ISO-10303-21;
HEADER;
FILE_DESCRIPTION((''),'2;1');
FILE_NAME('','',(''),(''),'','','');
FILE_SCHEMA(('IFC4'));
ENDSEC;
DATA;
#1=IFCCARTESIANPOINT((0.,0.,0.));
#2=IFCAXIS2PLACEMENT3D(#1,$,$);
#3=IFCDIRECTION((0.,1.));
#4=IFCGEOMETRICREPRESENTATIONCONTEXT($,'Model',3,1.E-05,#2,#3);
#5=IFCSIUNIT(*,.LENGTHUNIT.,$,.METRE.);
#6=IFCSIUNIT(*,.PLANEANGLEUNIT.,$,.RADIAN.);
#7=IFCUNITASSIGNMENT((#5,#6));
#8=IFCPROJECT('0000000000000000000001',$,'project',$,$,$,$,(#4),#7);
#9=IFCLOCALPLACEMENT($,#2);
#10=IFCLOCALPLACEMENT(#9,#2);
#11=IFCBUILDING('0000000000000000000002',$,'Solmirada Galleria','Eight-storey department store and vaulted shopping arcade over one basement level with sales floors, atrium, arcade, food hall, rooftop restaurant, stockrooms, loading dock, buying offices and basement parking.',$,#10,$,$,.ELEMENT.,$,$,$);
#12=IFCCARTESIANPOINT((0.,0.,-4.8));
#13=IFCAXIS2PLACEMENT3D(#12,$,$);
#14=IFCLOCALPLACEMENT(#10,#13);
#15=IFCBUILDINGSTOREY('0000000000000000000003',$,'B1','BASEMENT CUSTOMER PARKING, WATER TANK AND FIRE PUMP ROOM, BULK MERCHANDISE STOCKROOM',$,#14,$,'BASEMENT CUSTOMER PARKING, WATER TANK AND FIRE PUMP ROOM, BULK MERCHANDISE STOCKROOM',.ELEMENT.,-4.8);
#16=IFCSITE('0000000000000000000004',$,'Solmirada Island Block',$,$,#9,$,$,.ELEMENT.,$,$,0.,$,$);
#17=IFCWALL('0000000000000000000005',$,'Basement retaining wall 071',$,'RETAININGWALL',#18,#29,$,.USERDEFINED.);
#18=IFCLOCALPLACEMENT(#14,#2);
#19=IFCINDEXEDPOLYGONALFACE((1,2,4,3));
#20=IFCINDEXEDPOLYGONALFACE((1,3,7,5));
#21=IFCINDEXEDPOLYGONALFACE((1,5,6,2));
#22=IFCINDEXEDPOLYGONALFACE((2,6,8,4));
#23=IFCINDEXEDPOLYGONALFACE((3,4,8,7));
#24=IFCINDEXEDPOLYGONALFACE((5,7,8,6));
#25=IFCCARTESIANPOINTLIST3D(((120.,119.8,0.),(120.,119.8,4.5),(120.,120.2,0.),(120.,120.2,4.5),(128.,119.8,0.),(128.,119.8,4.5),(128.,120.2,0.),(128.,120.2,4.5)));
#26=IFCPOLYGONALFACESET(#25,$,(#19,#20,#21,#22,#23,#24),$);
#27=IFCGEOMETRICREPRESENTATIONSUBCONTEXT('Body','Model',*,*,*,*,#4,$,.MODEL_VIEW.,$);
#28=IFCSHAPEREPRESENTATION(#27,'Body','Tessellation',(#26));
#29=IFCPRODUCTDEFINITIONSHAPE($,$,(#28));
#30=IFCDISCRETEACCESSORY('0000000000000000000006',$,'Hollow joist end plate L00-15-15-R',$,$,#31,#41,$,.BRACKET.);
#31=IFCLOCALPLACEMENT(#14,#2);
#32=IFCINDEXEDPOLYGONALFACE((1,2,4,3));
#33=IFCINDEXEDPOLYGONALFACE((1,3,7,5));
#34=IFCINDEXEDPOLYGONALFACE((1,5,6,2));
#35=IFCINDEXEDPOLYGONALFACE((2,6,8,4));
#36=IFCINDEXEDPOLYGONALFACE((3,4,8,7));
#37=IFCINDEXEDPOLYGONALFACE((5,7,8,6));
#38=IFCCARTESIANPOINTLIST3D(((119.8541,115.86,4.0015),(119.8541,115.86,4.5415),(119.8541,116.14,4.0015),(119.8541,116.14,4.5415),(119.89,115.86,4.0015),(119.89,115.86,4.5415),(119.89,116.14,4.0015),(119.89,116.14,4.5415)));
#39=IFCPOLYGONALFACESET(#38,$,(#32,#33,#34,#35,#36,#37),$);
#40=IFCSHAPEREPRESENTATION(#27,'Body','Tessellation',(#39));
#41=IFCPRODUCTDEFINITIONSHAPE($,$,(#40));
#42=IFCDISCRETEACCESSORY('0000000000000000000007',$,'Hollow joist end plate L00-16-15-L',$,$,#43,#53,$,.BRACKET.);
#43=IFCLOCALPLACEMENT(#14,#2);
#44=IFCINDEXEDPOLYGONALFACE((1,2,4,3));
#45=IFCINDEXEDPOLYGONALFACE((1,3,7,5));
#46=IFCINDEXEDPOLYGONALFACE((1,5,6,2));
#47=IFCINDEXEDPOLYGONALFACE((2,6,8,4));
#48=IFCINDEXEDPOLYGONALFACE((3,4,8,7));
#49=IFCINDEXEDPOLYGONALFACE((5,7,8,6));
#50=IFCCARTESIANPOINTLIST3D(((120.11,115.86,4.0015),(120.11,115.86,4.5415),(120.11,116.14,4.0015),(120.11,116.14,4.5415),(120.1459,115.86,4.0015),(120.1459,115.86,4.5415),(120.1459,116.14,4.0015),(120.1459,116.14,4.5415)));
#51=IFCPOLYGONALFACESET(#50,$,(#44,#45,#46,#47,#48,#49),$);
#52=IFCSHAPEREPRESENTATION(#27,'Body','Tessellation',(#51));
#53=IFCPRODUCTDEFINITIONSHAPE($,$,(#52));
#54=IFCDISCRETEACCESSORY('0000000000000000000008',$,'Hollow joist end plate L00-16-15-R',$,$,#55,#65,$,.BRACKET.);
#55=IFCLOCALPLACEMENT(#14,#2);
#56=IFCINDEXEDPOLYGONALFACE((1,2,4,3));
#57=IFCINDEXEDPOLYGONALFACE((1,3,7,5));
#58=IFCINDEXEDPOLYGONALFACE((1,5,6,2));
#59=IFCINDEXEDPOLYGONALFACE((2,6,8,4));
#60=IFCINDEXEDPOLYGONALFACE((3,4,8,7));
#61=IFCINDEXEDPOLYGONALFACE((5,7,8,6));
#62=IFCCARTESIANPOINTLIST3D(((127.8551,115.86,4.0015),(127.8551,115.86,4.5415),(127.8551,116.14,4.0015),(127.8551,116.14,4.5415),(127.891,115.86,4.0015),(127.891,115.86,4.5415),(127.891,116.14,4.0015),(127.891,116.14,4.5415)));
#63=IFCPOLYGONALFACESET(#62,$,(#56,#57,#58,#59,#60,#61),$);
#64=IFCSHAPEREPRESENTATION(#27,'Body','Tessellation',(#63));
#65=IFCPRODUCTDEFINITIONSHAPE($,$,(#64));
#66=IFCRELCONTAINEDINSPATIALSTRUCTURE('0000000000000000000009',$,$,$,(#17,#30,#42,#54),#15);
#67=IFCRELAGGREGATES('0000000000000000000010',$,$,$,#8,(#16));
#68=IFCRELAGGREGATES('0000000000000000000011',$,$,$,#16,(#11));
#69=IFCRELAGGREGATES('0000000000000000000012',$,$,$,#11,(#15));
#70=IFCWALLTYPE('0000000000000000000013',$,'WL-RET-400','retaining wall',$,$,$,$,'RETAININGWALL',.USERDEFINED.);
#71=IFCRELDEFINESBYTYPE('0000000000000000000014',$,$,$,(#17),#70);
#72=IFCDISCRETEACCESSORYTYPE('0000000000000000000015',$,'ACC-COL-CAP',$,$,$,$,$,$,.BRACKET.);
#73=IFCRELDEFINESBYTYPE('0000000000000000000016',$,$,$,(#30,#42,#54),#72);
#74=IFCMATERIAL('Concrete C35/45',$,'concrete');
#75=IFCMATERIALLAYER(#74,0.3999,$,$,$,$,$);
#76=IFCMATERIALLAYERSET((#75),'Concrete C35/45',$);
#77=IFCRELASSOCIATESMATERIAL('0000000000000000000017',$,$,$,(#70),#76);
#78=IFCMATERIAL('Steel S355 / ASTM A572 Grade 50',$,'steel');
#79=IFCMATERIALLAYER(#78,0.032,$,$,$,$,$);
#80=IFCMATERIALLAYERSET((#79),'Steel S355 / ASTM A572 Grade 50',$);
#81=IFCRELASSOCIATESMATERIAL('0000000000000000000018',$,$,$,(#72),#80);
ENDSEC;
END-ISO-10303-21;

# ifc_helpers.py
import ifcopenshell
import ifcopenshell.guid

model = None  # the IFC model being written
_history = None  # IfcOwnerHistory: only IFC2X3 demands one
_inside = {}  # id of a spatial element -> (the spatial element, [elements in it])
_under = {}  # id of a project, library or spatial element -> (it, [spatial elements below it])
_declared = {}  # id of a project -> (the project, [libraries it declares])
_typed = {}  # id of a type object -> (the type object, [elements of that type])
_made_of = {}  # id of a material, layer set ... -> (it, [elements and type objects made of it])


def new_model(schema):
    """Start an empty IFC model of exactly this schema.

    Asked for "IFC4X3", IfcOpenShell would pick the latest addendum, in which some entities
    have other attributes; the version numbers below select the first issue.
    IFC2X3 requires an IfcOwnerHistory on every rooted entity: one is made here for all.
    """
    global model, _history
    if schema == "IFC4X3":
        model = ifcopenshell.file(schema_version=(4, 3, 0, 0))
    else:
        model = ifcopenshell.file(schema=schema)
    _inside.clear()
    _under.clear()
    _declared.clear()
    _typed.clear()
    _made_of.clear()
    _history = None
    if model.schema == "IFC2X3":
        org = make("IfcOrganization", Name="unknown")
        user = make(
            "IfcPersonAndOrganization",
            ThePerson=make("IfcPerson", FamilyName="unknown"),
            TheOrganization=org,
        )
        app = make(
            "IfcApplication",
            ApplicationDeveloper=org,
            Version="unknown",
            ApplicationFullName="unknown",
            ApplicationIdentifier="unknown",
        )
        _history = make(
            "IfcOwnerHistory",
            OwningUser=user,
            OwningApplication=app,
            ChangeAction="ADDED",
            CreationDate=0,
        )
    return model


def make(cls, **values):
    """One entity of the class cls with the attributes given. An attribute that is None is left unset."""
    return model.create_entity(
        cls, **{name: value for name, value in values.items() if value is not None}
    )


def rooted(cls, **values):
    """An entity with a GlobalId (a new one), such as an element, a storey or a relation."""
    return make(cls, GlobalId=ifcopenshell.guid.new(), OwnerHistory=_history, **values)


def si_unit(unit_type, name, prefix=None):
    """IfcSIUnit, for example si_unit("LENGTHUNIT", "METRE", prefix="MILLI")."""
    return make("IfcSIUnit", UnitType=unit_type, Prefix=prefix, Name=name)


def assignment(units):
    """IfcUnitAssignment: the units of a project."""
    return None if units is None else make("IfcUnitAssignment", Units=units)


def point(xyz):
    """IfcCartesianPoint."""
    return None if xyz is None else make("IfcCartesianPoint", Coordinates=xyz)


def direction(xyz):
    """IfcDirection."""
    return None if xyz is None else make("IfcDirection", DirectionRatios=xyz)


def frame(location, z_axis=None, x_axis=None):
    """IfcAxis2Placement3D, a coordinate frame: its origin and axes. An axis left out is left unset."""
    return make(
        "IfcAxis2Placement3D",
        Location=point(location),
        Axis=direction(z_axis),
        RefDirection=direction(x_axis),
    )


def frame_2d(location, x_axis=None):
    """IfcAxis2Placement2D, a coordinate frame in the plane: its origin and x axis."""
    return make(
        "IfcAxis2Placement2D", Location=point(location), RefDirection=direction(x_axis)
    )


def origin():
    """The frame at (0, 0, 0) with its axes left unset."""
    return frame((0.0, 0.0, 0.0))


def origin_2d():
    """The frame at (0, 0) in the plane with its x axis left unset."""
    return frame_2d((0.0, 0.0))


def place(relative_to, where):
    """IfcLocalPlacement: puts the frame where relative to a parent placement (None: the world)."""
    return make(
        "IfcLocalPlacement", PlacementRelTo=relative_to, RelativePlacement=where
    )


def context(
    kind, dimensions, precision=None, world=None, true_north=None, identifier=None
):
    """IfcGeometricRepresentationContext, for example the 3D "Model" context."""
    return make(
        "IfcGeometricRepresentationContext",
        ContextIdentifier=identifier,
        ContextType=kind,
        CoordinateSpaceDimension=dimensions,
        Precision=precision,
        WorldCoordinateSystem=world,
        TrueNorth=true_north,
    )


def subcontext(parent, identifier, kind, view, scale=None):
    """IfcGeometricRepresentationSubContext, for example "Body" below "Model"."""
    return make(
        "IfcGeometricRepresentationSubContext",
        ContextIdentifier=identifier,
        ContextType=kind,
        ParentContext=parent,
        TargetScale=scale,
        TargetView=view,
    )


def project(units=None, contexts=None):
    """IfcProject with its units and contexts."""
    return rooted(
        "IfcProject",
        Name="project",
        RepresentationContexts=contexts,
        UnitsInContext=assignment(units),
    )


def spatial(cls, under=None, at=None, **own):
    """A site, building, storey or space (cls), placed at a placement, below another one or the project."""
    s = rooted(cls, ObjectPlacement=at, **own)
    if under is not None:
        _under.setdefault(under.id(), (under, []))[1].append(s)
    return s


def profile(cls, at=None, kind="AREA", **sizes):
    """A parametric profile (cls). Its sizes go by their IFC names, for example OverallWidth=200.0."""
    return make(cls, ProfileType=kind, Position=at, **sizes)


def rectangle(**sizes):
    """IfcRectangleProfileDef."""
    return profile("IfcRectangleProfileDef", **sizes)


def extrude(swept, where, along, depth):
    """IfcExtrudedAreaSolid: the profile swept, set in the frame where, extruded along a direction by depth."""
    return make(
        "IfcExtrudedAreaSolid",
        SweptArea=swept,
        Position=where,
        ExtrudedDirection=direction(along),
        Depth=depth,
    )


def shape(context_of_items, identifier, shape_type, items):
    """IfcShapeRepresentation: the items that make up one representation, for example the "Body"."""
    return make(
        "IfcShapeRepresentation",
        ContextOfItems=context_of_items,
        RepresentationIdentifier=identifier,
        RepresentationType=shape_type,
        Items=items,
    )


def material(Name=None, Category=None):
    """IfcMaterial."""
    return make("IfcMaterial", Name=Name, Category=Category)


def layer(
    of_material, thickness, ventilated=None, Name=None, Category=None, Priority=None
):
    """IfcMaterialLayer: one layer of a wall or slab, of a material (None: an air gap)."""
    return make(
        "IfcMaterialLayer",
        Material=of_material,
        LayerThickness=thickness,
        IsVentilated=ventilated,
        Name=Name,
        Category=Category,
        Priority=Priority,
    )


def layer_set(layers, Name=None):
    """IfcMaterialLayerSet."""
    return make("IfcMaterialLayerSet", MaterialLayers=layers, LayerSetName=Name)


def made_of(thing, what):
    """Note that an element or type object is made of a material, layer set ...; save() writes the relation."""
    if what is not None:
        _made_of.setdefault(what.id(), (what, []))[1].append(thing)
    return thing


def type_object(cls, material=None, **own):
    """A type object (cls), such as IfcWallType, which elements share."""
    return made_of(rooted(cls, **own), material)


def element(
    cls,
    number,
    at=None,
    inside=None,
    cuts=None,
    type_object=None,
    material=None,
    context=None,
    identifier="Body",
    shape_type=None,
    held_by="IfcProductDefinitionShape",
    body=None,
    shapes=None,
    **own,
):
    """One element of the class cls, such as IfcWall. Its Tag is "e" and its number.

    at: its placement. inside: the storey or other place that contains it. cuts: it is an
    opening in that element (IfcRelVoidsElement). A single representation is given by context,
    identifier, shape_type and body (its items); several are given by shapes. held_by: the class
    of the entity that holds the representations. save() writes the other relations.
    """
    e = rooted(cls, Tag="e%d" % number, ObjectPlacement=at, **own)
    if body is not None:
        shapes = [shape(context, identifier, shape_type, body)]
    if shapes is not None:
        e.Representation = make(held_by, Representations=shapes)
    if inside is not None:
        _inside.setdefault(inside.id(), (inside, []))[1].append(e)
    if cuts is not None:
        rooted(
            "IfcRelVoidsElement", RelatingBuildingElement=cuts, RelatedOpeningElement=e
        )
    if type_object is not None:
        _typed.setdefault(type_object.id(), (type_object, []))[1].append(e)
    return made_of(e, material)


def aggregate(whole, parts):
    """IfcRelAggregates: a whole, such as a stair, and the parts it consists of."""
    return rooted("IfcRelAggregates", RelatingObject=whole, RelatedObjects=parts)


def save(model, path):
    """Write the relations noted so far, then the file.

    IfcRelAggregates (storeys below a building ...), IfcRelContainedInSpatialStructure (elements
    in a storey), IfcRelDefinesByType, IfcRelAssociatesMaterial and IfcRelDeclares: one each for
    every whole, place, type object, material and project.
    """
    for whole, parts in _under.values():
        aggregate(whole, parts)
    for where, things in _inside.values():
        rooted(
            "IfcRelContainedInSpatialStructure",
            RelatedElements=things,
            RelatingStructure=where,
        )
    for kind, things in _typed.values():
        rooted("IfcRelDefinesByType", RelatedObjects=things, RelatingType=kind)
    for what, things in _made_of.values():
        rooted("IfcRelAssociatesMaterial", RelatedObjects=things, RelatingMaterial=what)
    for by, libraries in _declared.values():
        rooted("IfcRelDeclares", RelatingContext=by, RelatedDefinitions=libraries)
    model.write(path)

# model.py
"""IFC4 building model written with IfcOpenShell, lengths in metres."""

from ifc_helpers import new_model, si_unit, direction, frame, frame_2d, origin, origin_2d, place, context, subcontext, project, spatial, rectangle, extrude, material, layer, layer_set, type_object, element, save


model = new_model("IFC4")

# Units and contexts
model_context = context("Model", 3, precision=1e-05, world=origin(), true_north=direction((0.0, 1.0)))
body_context = subcontext(model_context, "Body", "Model", "MODEL_VIEW")
ifc_project = project(units=[si_unit("LENGTHUNIT", "METRE"), si_unit("PLANEANGLEUNIT", "RADIAN")], contexts=[model_context])

# Site, building, storey
site_placement = place(None, origin())
site = spatial("IfcSite", under=ifc_project, at=site_placement, Name="Solmirada Island Block", CompositionType="ELEMENT", RefElevation=0.0)
building_placement = place(site_placement, origin())
building = spatial("IfcBuilding", under=site, at=building_placement, Name="Solmirada Galleria", Description="Eight-storey department store and vaulted shopping arcade over one basement level with sales floors, atrium, arcade, food hall, rooftop restaurant, stockrooms, loading dock, buying offices and basement parking.", CompositionType="ELEMENT")
storey_placement = place(building_placement, frame((0.0, 0.0, -4.8)))
storey = spatial("IfcBuildingStorey", under=building, at=storey_placement, Name="B1", Description="BASEMENT CUSTOMER PARKING, WATER TANK AND FIRE PUMP ROOM, BULK MERCHANDISE STOCKROOM", LongName="BASEMENT CUSTOMER PARKING, WATER TANK AND FIRE PUMP ROOM, BULK MERCHANDISE STOCKROOM", CompositionType="ELEMENT", Elevation=-4.8)

# Shared definitions
ifc_material_1 = material(Name="Concrete C35/45", Category="concrete")

# Wall
ifc_layer_1 = layer(ifc_material_1, 0.3999)
ifc_layer_set_1 = layer_set([ifc_layer_1], Name="Concrete C35/45")
wall_type = type_object("IfcWallType", Name="WL-RET-400", Description="retaining wall", ElementType="RETAININGWALL", PredefinedType="USERDEFINED", material=ifc_layer_set_1)
wall_placement = place(storey_placement, frame((120.0, 120.0, 0.0), z_axis=(0.0, 0.0, 1.0), x_axis=(1.0, 0.0, 0.0)))
element("IfcWall", 1, at=wall_placement, inside=storey, type_object=wall_type, Name="Basement retaining wall 071", ObjectType="RETAININGWALL", PredefinedType="USERDEFINED", context=body_context, shape_type="SweptSolid", body=[
    extrude(rectangle(XDim=8.0, YDim=0.3999, at=frame_2d((4.0, 0.0))), origin(), (0.0, 0.0, 1.0), 4.5),
])

# Discrete accessories
ifc_material_2 = material(Name="Steel S355 / ASTM A572 Grade 50", Category="steel")
ifc_layer_2 = layer(ifc_material_2, 0.032)
ifc_layer_set_2 = layer_set([ifc_layer_2], Name="Steel S355 / ASTM A572 Grade 50")
discrete_accessory_type = type_object("IfcDiscreteAccessoryType", Name="ACC-COL-CAP", PredefinedType="BRACKET", material=ifc_layer_set_2)
for number, where, z_axis, x_axis, name in (
    (2, (119.8721, 116.0, 4.0015), (0.0, 0.0, 1.0), (1.0, 0.0, 0.0), "Hollow joist end plate L00-15-15-R"),
    (3, (120.1279, 116.0, 4.0015), (0.0, 0.0, 1.0), (1.0, 0.0, 0.0), "Hollow joist end plate L00-16-15-L"),
    (4, (127.873, 116.0, 4.0015), (0.0, 0.0, 1.0), (1.0, 0.0, 0.0), "Hollow joist end plate L00-16-15-R"),
):
    element("IfcDiscreteAccessory", number, at=place(storey_placement, frame(where, z_axis=z_axis, x_axis=x_axis)), inside=storey, type_object=discrete_accessory_type, Name=name, PredefinedType="BRACKET", context=body_context, shape_type="SweptSolid", body=[
        extrude(rectangle(XDim=0.0359, YDim=0.28, at=origin_2d()), origin(), (0.0, 0.0, 1.0), 0.54),
    ])

save(model, "model.ifc")
